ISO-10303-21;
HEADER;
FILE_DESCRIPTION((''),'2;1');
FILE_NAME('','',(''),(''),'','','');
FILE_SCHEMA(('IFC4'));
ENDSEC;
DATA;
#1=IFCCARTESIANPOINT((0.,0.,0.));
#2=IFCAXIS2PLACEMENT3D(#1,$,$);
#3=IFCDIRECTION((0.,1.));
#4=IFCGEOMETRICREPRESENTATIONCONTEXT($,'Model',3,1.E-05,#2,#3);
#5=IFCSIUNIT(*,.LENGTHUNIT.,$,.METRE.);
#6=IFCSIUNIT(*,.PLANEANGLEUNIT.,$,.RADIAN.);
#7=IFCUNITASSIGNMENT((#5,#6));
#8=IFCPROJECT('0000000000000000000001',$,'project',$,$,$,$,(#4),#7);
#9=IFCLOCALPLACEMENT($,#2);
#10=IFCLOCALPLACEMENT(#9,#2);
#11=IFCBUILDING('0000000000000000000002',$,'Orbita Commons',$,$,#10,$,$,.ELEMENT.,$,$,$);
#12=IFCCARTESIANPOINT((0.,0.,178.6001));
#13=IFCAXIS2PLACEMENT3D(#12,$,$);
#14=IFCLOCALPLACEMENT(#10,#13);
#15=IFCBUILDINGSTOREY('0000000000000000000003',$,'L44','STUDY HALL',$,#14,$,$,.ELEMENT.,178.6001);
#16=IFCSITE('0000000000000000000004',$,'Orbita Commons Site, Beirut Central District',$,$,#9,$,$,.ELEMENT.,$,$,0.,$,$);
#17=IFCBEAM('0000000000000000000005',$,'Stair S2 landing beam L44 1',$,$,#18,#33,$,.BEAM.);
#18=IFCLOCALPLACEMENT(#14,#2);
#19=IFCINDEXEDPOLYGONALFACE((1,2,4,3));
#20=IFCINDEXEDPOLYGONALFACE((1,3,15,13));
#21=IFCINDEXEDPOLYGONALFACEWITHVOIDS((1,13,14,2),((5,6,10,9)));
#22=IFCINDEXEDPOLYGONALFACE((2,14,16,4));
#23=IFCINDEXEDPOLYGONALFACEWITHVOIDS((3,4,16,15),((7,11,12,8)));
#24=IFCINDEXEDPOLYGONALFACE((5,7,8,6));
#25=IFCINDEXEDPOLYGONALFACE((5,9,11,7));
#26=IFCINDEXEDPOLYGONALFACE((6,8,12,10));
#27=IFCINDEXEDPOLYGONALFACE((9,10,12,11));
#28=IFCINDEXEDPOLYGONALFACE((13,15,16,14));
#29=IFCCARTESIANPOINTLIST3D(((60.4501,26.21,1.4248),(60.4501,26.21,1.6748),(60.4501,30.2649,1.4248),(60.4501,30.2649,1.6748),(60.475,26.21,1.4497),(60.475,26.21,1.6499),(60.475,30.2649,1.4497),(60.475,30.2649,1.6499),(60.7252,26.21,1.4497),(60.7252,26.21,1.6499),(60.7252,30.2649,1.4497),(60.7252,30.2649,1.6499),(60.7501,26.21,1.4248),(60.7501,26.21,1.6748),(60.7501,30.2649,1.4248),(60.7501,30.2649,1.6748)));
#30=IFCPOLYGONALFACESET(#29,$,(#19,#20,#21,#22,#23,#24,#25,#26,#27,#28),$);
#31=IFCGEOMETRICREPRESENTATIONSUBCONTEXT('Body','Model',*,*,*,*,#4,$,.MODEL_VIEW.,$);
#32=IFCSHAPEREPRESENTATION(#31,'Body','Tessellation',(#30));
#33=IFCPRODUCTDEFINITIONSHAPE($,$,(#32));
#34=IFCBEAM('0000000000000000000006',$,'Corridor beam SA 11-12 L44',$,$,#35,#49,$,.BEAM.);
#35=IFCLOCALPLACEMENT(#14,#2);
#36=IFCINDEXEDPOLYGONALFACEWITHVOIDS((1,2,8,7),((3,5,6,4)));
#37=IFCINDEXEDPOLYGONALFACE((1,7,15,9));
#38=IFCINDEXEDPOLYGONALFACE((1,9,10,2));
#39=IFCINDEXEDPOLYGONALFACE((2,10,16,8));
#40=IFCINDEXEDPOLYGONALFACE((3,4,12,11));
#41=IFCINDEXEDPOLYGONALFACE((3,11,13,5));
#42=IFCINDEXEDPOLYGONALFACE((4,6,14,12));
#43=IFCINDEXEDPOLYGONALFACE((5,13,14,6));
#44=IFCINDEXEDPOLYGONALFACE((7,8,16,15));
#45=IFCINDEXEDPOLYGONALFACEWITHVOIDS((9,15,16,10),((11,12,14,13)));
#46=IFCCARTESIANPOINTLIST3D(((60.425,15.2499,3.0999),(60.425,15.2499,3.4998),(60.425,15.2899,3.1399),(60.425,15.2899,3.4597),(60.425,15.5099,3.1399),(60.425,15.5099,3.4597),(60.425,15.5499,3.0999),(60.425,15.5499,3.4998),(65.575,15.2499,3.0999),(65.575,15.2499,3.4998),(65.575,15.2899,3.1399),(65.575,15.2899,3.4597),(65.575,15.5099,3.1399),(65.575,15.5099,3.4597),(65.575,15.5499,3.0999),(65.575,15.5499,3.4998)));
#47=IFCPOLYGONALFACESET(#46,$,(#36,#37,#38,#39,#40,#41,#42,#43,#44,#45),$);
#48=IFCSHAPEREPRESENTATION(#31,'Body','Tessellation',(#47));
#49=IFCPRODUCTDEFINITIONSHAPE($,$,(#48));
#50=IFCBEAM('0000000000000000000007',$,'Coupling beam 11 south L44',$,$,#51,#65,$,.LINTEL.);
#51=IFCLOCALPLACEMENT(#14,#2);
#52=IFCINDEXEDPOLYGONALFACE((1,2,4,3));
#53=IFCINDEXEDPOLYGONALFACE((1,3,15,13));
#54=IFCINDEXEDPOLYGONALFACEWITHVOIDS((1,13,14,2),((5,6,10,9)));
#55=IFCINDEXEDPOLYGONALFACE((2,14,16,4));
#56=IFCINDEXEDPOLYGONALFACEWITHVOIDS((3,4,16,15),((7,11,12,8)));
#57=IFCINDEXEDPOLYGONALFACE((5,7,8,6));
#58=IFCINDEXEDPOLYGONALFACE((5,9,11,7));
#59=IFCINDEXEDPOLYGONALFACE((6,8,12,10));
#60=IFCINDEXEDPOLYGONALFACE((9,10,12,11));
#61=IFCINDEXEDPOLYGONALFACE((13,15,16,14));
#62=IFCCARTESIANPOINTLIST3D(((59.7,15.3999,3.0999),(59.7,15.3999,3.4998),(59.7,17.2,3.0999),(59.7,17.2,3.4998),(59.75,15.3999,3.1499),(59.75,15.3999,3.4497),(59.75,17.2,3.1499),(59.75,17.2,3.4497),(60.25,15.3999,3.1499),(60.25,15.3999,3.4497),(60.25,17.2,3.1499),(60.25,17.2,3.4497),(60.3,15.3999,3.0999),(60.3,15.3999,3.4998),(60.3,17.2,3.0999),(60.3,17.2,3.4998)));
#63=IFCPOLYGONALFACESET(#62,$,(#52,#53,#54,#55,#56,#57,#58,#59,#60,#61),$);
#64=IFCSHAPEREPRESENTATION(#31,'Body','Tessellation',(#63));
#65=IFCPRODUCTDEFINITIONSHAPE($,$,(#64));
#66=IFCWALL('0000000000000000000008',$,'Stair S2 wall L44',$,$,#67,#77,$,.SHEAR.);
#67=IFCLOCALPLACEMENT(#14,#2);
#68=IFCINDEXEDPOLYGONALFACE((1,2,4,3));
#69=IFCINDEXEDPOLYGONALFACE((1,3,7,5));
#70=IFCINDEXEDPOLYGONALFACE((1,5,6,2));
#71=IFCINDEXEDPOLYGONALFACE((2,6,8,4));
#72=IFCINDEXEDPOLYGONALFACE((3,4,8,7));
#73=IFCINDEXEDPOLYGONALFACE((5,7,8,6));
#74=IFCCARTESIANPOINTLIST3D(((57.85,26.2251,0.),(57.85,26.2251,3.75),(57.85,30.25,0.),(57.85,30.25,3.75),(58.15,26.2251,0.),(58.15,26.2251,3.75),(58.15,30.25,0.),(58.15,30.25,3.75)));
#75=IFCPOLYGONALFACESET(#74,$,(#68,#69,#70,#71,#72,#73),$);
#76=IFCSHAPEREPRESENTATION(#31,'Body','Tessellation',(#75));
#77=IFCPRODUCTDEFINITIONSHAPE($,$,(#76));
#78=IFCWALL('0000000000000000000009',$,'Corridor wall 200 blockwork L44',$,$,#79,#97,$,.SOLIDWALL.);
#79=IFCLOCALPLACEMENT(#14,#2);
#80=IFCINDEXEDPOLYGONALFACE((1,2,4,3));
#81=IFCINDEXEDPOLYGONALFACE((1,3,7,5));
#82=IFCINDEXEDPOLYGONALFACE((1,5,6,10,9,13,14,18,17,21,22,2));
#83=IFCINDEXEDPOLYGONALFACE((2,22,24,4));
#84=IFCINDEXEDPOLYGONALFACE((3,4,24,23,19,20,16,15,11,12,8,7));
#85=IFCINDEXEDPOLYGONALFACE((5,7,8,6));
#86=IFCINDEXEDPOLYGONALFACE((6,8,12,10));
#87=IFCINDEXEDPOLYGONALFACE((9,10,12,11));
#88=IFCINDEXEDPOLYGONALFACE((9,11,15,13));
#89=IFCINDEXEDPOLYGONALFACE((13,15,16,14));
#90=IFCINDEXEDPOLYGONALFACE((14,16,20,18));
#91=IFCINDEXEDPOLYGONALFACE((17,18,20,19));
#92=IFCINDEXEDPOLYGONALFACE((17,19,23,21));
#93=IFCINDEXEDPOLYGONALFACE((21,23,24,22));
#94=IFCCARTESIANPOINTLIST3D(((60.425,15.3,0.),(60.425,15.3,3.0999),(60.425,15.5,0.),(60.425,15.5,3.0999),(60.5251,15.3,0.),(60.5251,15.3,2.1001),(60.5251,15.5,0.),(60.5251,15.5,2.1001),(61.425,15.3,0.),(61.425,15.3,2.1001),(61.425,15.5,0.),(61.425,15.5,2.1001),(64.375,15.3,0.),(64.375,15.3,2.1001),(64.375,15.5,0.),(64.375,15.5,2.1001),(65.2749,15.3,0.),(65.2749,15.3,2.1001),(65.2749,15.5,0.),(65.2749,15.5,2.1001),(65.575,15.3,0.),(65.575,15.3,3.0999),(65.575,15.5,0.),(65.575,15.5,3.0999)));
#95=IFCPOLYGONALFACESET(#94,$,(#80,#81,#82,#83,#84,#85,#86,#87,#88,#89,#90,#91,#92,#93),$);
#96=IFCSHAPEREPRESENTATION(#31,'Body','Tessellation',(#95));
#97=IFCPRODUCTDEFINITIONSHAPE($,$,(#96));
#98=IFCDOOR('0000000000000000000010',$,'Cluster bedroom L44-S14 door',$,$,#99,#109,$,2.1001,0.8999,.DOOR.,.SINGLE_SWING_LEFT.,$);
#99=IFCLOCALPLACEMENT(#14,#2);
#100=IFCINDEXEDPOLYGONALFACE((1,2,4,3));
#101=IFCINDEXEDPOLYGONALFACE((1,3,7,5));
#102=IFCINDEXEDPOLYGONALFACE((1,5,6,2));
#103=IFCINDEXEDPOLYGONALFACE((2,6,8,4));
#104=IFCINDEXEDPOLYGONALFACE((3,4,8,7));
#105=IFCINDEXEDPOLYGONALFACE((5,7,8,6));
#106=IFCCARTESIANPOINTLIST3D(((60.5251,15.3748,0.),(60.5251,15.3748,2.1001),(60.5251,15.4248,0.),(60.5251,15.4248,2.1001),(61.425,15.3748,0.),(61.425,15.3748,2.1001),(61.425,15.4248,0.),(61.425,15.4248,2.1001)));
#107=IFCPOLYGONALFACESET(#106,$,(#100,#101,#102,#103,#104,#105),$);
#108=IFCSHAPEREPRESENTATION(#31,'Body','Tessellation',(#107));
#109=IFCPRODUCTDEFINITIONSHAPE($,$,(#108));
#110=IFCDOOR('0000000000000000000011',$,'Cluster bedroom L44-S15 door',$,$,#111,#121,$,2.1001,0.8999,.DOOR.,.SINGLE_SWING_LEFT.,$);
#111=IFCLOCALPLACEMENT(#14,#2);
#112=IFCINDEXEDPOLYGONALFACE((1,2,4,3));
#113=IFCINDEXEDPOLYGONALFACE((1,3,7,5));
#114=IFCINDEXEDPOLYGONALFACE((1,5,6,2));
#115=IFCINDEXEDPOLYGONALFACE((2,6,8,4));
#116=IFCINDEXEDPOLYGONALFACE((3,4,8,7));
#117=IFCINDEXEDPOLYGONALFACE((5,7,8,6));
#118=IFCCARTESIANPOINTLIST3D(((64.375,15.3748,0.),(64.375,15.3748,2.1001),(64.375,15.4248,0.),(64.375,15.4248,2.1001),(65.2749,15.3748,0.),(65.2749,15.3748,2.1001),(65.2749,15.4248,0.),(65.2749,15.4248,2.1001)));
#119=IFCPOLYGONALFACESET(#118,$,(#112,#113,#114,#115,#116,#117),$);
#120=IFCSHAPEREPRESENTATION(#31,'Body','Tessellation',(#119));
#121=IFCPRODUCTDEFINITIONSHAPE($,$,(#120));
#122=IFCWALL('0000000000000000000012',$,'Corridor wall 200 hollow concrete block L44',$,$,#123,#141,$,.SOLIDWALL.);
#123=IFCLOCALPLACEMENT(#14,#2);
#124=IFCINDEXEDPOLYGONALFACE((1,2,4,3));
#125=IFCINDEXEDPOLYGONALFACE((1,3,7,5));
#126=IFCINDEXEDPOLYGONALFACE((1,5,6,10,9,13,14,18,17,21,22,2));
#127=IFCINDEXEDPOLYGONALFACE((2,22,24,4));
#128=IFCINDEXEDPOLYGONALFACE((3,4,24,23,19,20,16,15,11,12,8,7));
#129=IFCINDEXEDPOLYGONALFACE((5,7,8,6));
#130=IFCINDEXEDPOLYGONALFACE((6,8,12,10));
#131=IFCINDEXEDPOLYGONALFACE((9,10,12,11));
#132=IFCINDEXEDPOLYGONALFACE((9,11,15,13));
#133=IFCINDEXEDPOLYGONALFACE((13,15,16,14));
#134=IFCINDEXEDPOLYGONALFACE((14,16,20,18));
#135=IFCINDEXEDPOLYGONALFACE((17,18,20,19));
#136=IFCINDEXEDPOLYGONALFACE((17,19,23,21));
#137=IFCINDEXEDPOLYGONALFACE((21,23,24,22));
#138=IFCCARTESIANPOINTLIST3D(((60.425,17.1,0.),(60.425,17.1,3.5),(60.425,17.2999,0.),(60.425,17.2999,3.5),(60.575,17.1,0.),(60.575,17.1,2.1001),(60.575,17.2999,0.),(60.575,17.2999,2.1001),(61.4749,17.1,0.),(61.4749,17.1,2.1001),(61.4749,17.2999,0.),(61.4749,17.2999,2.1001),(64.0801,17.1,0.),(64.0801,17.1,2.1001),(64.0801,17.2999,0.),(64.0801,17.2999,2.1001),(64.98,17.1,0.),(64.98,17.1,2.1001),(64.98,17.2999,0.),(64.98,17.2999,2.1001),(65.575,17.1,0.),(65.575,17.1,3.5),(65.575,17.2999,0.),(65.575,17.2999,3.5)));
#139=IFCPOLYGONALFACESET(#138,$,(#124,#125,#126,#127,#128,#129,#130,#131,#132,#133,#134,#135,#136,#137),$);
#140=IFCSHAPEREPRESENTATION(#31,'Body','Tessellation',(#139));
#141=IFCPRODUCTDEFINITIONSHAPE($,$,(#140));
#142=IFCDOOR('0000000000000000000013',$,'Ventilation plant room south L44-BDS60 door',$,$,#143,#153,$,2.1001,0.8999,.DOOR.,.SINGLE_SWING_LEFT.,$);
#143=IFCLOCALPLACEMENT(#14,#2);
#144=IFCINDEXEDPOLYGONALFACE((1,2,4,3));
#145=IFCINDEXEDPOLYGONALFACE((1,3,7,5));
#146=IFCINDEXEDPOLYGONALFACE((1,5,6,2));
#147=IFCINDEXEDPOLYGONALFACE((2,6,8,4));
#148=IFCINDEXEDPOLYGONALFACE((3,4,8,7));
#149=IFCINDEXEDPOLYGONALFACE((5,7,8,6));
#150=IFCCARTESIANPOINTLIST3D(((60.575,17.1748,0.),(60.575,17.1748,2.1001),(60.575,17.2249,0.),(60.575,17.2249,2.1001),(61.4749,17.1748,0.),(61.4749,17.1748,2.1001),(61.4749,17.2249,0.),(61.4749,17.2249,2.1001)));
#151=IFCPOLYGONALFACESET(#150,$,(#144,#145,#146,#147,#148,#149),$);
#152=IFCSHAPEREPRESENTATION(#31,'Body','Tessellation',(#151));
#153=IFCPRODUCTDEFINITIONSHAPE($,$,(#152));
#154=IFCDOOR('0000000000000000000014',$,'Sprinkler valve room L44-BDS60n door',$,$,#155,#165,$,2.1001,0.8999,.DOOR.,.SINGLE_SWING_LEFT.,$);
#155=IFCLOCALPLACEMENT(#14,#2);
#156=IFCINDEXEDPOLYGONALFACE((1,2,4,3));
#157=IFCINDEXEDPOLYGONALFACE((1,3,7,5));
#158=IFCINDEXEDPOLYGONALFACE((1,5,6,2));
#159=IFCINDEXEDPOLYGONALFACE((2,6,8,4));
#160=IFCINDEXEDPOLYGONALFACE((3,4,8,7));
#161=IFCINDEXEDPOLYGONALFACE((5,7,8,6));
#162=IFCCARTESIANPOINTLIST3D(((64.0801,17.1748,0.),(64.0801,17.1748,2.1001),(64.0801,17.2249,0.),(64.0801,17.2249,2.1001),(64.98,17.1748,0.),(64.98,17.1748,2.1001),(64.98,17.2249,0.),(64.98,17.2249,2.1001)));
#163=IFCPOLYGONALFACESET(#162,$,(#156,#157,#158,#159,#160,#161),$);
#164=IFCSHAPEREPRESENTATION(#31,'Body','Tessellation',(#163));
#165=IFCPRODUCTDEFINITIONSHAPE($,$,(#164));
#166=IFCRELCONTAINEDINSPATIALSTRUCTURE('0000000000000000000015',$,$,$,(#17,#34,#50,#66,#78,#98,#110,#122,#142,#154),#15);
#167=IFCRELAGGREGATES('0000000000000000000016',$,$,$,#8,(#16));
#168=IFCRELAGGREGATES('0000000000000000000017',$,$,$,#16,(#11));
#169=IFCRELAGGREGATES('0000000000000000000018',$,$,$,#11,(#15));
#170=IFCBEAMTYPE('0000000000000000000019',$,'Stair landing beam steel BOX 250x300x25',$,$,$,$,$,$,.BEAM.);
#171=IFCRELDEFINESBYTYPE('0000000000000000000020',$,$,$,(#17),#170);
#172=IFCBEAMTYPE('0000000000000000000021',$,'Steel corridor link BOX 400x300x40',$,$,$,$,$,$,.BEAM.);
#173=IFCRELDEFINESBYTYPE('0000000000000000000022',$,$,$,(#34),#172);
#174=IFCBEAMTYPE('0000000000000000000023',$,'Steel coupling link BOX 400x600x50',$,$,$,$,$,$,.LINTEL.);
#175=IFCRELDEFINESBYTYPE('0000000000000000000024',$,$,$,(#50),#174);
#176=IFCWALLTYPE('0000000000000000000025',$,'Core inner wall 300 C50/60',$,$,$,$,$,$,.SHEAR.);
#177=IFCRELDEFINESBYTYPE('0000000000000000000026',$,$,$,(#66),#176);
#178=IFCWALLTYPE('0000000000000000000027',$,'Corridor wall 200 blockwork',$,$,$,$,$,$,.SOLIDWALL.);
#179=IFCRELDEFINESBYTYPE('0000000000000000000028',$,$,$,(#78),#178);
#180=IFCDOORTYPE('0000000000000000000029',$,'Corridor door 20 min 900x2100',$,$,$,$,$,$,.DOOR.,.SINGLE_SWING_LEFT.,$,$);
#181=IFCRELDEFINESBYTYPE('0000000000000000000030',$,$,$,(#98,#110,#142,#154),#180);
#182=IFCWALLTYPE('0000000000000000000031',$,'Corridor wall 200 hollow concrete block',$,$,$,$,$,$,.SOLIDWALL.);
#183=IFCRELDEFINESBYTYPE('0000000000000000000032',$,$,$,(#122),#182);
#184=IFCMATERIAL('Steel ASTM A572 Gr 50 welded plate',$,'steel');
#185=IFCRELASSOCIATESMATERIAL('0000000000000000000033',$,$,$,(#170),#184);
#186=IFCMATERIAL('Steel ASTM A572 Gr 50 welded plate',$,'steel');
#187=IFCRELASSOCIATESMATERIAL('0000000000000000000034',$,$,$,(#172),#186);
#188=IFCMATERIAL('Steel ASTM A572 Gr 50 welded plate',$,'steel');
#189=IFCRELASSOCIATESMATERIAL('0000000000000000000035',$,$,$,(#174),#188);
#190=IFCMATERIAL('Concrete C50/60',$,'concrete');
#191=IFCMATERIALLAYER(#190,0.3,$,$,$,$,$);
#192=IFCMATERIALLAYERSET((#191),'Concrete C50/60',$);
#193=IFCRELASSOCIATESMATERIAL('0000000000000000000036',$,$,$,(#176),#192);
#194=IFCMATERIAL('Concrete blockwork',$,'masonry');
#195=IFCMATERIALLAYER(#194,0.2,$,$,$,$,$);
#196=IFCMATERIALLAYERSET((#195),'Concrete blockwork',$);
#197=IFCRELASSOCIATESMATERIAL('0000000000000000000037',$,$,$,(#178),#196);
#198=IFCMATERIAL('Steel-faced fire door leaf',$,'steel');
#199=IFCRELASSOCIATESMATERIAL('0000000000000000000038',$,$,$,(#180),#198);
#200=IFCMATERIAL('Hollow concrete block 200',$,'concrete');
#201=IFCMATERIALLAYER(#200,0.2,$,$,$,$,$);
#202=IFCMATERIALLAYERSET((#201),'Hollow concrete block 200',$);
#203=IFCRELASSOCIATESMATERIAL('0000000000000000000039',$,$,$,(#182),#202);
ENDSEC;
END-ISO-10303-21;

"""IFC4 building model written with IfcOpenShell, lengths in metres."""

from ifc_helpers import new_model, si_unit, direction, frame, frame_2d, origin, origin_2d, place, context, subcontext, project, spatial, polyline, rectangle, hollow_rectangle, outline, extrude, material, layer, layer_set, material_profile, profile_set, type_object, element, fill, save


model = new_model("IFC4")

# Units and contexts
model_context = context("Model", 3, precision=1e-05, world=origin(), true_north=direction((0.0, 1.0)))
body_context = subcontext(model_context, "Body", "Model", "MODEL_VIEW")
ifc_project = project(units=[si_unit("LENGTHUNIT", "METRE"), si_unit("PLANEANGLEUNIT", "RADIAN")], contexts=[model_context])

# Site, building, storey
site_placement = place(None, origin())
site = spatial("IfcSite", under=ifc_project, at=site_placement, Name="Orbita Commons Site, Beirut Central District", CompositionType="ELEMENT", RefElevation=0.0)
building_placement = place(site_placement, origin())
building = spatial("IfcBuilding", under=site, at=building_placement, Name="Orbita Commons", CompositionType="ELEMENT")
storey_placement = place(building_placement, frame((0.0, 0.0, 178.6001)))
storey = spatial("IfcBuildingStorey", under=building, at=storey_placement, Name="L44", Description="STUDY HALL", CompositionType="ELEMENT", Elevation=178.6001)

# Beams
ifc_material_1 = material(Name="Steel ASTM A572 Gr 50 welded plate", Category="steel")
ifc_material_profile_1 = material_profile(ifc_material_1, hollow_rectangle(XDim=0.3, YDim=0.25, WallThickness=0.0249, at=origin_2d()), Name="BOX 250x300x25")
ifc_profile_set_1 = profile_set([ifc_material_profile_1], Name="Steel ASTM A572 Gr 50 welded plate")
beam_type_1 = type_object("IfcBeamType", Name="Stair landing beam steel BOX 250x300x25", PredefinedType="BEAM", material=ifc_profile_set_1)
beam_1_placement = place(storey_placement, frame((60.6001, 26.21, 1.5498), z_axis=(0.0, 1.0, 0.0), x_axis=(-1.0, 0.0, 0.0)))
element("IfcBeam", 1, at=beam_1_placement, inside=storey, type_object=beam_type_1, Name="Stair S2 landing beam L44 1", PredefinedType="BEAM", context=body_context, shape_type="SweptSolid", body=[
    extrude(hollow_rectangle(XDim=0.3, YDim=0.25, WallThickness=0.0249, at=origin_2d()), origin(), (0.0, 0.0, 1.0), 4.0549),
])
ifc_material_2 = material(Name="Steel ASTM A572 Gr 50 welded plate", Category="steel")
ifc_material_profile_2 = material_profile(ifc_material_2, hollow_rectangle(XDim=0.3, YDim=0.3999, WallThickness=0.04, at=origin_2d()), Name="BOX 400x300x40")
ifc_profile_set_2 = profile_set([ifc_material_profile_2], Name="Steel ASTM A572 Gr 50 welded plate")
beam_type_2 = type_object("IfcBeamType", Name="Steel corridor link BOX 400x300x40", PredefinedType="BEAM", material=ifc_profile_set_2)
beam_2_placement = place(storey_placement, frame((60.425, 15.3999, 3.2998), z_axis=(1.0, 0.0, 0.0), x_axis=(0.0, 1.0, 0.0)))
element("IfcBeam", 2, at=beam_2_placement, inside=storey, type_object=beam_type_2, Name="Corridor beam SA 11-12 L44", PredefinedType="BEAM", context=body_context, shape_type="SweptSolid", body=[
    extrude(hollow_rectangle(XDim=0.3, YDim=0.3999, WallThickness=0.04, at=origin_2d()), origin(), (0.0, 0.0, 1.0), 5.1499),
])
ifc_material_3 = material(Name="Steel ASTM A572 Gr 50 welded plate", Category="steel")
ifc_material_profile_3 = material_profile(ifc_material_3, hollow_rectangle(XDim=0.6001, YDim=0.3999, WallThickness=0.05, at=origin_2d()), Name="BOX 400x600x50")
ifc_profile_set_3 = profile_set([ifc_material_profile_3], Name="Steel ASTM A572 Gr 50 welded plate")
beam_type_3 = type_object("IfcBeamType", Name="Steel coupling link BOX 400x600x50", PredefinedType="LINTEL", material=ifc_profile_set_3)
beam_3_placement = place(storey_placement, frame((60.0, 15.3999, 3.2998), z_axis=(0.0, 1.0, 0.0), x_axis=(-1.0, 0.0, 0.0)))
element("IfcBeam", 3, at=beam_3_placement, inside=storey, type_object=beam_type_3, Name="Coupling beam 11 south L44", PredefinedType="LINTEL", context=body_context, shape_type="SweptSolid", body=[
    extrude(hollow_rectangle(XDim=0.6001, YDim=0.3999, WallThickness=0.05, at=origin_2d()), origin(), (0.0, 0.0, 1.0), 1.8),
])

# Wall
ifc_material_4 = material(Name="Concrete C50/60", Category="concrete")
ifc_layer_1 = layer(ifc_material_4, 0.3)
ifc_layer_set_1 = layer_set([ifc_layer_1], Name="Concrete C50/60")
wall_type_1 = type_object("IfcWallType", Name="Core inner wall 300 C50/60", PredefinedType="SHEAR", material=ifc_layer_set_1)
wall_1_placement = place(storey_placement, frame((58.0, 26.2251, 0.0), z_axis=(0.0, 0.0, 1.0), x_axis=(0.0, 1.0, 0.0)))
element("IfcWall", 4, at=wall_1_placement, inside=storey, type_object=wall_type_1, Name="Stair S2 wall L44", PredefinedType="SHEAR", context=body_context, shape_type="SweptSolid", body=[
    extrude(rectangle(XDim=4.0249, YDim=0.3, at=frame_2d((2.0125, 0.0))), origin(), (0.0, 0.0, 1.0), 3.75),
])

# Walls, openings, doors
ifc_material_5 = material(Name="Concrete blockwork", Category="masonry")
ifc_layer_2 = layer(ifc_material_5, 0.2)
ifc_layer_set_2 = layer_set([ifc_layer_2], Name="Concrete blockwork")
wall_type_2 = type_object("IfcWallType", Name="Corridor wall 200 blockwork", PredefinedType="SOLIDWALL", material=ifc_layer_set_2)
wall_2_placement = place(storey_placement, frame((60.425, 15.3999, 0.0), z_axis=(0.0, 0.0, 1.0), x_axis=(1.0, 0.0, 0.0)))
wall_2 = element("IfcWall", 5, at=wall_2_placement, inside=storey, type_object=wall_type_2, Name="Corridor wall 200 blockwork L44", PredefinedType="SOLIDWALL", context=body_context, shape_type="SweptSolid", body=[
    extrude(outline(polyline([(0.0, 0.0), (5.1499, 0.0), (5.1499, 3.0999), (0.0, 3.0999), (0.0, 0.0)])), frame((0.0, 0.1001, 0.0), z_axis=(0.0, -1.0, 0.0), x_axis=(1.0, 0.0, 0.0)), (0.0, 0.0, 1.0), 0.2),
])
opening_1_placement = place(wall_2_placement, frame((0.1001, 0.0, 0.0)))
opening_1 = element("IfcOpeningElement", 6, at=opening_1_placement, cuts=wall_2, PredefinedType="OPENING", context=body_context, shape_type="SweptSolid", body=[
    extrude(rectangle(XDim=0.8999, YDim=2.1001, at=frame_2d((0.45, 1.05))), frame((0.0, 0.1099, 0.0), z_axis=(0.0, -1.0, 0.0), x_axis=(1.0, 0.0, 0.0)), (0.0, 0.0, 1.0), 0.22),
])
opening_2_placement = place(wall_2_placement, frame((3.95, 0.0, 0.0)))
opening_2 = element("IfcOpeningElement", 7, at=opening_2_placement, cuts=wall_2, PredefinedType="OPENING", context=body_context, shape_type="SweptSolid", body=[
    extrude(rectangle(XDim=0.8999, YDim=2.1001, at=frame_2d((0.45, 1.05))), frame((0.0, 0.1099, 0.0), z_axis=(0.0, -1.0, 0.0), x_axis=(1.0, 0.0, 0.0)), (0.0, 0.0, 1.0), 0.22),
])
ifc_material_6 = material(Name="Steel-faced fire door leaf", Category="steel")
door_type_1 = type_object("IfcDoorType", Name="Corridor door 20 min 900x2100", OperationType="SINGLE_SWING_LEFT", PredefinedType="DOOR", material=ifc_material_6)
door_1_placement = place(opening_1_placement, origin())
door_1 = element("IfcDoor", 8, at=door_1_placement, inside=storey, type_object=door_type_1, Name="Cluster bedroom L44-S14 door", OperationType="SINGLE_SWING_LEFT", OverallHeight=2.1001, OverallWidth=0.8999, PredefinedType="DOOR", context=body_context, shape_type="SweptSolid", body=[
    extrude(rectangle(XDim=0.8999, YDim=2.1001, at=frame_2d((0.45, 1.05))), frame((0.0, 0.0249, 0.0), z_axis=(0.0, -1.0, 0.0), x_axis=(1.0, 0.0, 0.0)), (0.0, 0.0, 1.0), 0.05),
])
fill(opening_1, door_1)
door_2_placement = place(opening_2_placement, origin())
door_2 = element("IfcDoor", 9, at=door_2_placement, inside=storey, type_object=door_type_1, Name="Cluster bedroom L44-S15 door", OperationType="SINGLE_SWING_LEFT", OverallHeight=2.1001, OverallWidth=0.8999, PredefinedType="DOOR", context=body_context, shape_type="SweptSolid", body=[
    extrude(rectangle(XDim=0.8999, YDim=2.1001, at=frame_2d((0.45, 1.05))), frame((0.0, 0.0249, 0.0), z_axis=(0.0, -1.0, 0.0), x_axis=(1.0, 0.0, 0.0)), (0.0, 0.0, 1.0), 0.05),
])
fill(opening_2, door_2)
ifc_material_7 = material(Name="Hollow concrete block 200", Category="concrete")
ifc_layer_3 = layer(ifc_material_7, 0.2)
ifc_layer_set_3 = layer_set([ifc_layer_3], Name="Hollow concrete block 200")
wall_type_3 = type_object("IfcWallType", Name="Corridor wall 200 hollow concrete block", PredefinedType="SOLIDWALL", material=ifc_layer_set_3)
wall_3_placement = place(storey_placement, frame((60.425, 17.2, 0.0), z_axis=(0.0, 0.0, 1.0), x_axis=(1.0, 0.0, 0.0)))
wall_3 = element("IfcWall", 10, at=wall_3_placement, inside=storey, type_object=wall_type_3, Name="Corridor wall 200 hollow concrete block L44", PredefinedType="SOLIDWALL", context=body_context, shape_type="SweptSolid", body=[
    extrude(rectangle(XDim=5.1499, YDim=0.2, at=frame_2d((2.575, 0.0))), origin(), (0.0, 0.0, 1.0), 3.5),
])
opening_3_placement = place(wall_3_placement, frame((0.1499, 0.0, 0.0)))
opening_3 = element("IfcOpeningElement", 11, at=opening_3_placement, cuts=wall_3, PredefinedType="OPENING", context=body_context, shape_type="SweptSolid", body=[
    extrude(rectangle(XDim=0.8999, YDim=2.1001, at=frame_2d((0.45, 1.05))), frame((0.0, 0.1099, 0.0), z_axis=(0.0, -1.0, 0.0), x_axis=(1.0, 0.0, 0.0)), (0.0, 0.0, 1.0), 0.22),
])
opening_4_placement = place(wall_3_placement, frame((3.655, 0.0, 0.0)))
opening_4 = element("IfcOpeningElement", 12, at=opening_4_placement, cuts=wall_3, PredefinedType="OPENING", context=body_context, shape_type="SweptSolid", body=[
    extrude(rectangle(XDim=0.8999, YDim=2.1001, at=frame_2d((0.45, 1.05))), frame((0.0, 0.1099, 0.0), z_axis=(0.0, -1.0, 0.0), x_axis=(1.0, 0.0, 0.0)), (0.0, 0.0, 1.0), 0.22),
])
door_3_placement = place(opening_3_placement, origin())
door_3 = element("IfcDoor", 13, at=door_3_placement, inside=storey, type_object=door_type_1, Name="Ventilation plant room south L44-BDS60 door", OperationType="SINGLE_SWING_LEFT", OverallHeight=2.1001, OverallWidth=0.8999, PredefinedType="DOOR", context=body_context, shape_type="SweptSolid", body=[
    extrude(rectangle(XDim=0.8999, YDim=2.1001, at=frame_2d((0.45, 1.05))), frame((0.0, 0.0249, 0.0), z_axis=(0.0, -1.0, 0.0), x_axis=(1.0, 0.0, 0.0)), (0.0, 0.0, 1.0), 0.05),
])
fill(opening_3, door_3)
door_4_placement = place(opening_4_placement, origin())
door_4 = element("IfcDoor", 14, at=door_4_placement, inside=storey, type_object=door_type_1, Name="Sprinkler valve room L44-BDS60n door", OperationType="SINGLE_SWING_LEFT", OverallHeight=2.1001, OverallWidth=0.8999, PredefinedType="DOOR", context=body_context, shape_type="SweptSolid", body=[
    extrude(rectangle(XDim=0.8999, YDim=2.1001, at=frame_2d((0.45, 1.05))), frame((0.0, 0.0249, 0.0), z_axis=(0.0, -1.0, 0.0), x_axis=(1.0, 0.0, 0.0)), (0.0, 0.0, 1.0), 0.05),
])
fill(opening_4, door_4)

save(model, "model.ifc")
